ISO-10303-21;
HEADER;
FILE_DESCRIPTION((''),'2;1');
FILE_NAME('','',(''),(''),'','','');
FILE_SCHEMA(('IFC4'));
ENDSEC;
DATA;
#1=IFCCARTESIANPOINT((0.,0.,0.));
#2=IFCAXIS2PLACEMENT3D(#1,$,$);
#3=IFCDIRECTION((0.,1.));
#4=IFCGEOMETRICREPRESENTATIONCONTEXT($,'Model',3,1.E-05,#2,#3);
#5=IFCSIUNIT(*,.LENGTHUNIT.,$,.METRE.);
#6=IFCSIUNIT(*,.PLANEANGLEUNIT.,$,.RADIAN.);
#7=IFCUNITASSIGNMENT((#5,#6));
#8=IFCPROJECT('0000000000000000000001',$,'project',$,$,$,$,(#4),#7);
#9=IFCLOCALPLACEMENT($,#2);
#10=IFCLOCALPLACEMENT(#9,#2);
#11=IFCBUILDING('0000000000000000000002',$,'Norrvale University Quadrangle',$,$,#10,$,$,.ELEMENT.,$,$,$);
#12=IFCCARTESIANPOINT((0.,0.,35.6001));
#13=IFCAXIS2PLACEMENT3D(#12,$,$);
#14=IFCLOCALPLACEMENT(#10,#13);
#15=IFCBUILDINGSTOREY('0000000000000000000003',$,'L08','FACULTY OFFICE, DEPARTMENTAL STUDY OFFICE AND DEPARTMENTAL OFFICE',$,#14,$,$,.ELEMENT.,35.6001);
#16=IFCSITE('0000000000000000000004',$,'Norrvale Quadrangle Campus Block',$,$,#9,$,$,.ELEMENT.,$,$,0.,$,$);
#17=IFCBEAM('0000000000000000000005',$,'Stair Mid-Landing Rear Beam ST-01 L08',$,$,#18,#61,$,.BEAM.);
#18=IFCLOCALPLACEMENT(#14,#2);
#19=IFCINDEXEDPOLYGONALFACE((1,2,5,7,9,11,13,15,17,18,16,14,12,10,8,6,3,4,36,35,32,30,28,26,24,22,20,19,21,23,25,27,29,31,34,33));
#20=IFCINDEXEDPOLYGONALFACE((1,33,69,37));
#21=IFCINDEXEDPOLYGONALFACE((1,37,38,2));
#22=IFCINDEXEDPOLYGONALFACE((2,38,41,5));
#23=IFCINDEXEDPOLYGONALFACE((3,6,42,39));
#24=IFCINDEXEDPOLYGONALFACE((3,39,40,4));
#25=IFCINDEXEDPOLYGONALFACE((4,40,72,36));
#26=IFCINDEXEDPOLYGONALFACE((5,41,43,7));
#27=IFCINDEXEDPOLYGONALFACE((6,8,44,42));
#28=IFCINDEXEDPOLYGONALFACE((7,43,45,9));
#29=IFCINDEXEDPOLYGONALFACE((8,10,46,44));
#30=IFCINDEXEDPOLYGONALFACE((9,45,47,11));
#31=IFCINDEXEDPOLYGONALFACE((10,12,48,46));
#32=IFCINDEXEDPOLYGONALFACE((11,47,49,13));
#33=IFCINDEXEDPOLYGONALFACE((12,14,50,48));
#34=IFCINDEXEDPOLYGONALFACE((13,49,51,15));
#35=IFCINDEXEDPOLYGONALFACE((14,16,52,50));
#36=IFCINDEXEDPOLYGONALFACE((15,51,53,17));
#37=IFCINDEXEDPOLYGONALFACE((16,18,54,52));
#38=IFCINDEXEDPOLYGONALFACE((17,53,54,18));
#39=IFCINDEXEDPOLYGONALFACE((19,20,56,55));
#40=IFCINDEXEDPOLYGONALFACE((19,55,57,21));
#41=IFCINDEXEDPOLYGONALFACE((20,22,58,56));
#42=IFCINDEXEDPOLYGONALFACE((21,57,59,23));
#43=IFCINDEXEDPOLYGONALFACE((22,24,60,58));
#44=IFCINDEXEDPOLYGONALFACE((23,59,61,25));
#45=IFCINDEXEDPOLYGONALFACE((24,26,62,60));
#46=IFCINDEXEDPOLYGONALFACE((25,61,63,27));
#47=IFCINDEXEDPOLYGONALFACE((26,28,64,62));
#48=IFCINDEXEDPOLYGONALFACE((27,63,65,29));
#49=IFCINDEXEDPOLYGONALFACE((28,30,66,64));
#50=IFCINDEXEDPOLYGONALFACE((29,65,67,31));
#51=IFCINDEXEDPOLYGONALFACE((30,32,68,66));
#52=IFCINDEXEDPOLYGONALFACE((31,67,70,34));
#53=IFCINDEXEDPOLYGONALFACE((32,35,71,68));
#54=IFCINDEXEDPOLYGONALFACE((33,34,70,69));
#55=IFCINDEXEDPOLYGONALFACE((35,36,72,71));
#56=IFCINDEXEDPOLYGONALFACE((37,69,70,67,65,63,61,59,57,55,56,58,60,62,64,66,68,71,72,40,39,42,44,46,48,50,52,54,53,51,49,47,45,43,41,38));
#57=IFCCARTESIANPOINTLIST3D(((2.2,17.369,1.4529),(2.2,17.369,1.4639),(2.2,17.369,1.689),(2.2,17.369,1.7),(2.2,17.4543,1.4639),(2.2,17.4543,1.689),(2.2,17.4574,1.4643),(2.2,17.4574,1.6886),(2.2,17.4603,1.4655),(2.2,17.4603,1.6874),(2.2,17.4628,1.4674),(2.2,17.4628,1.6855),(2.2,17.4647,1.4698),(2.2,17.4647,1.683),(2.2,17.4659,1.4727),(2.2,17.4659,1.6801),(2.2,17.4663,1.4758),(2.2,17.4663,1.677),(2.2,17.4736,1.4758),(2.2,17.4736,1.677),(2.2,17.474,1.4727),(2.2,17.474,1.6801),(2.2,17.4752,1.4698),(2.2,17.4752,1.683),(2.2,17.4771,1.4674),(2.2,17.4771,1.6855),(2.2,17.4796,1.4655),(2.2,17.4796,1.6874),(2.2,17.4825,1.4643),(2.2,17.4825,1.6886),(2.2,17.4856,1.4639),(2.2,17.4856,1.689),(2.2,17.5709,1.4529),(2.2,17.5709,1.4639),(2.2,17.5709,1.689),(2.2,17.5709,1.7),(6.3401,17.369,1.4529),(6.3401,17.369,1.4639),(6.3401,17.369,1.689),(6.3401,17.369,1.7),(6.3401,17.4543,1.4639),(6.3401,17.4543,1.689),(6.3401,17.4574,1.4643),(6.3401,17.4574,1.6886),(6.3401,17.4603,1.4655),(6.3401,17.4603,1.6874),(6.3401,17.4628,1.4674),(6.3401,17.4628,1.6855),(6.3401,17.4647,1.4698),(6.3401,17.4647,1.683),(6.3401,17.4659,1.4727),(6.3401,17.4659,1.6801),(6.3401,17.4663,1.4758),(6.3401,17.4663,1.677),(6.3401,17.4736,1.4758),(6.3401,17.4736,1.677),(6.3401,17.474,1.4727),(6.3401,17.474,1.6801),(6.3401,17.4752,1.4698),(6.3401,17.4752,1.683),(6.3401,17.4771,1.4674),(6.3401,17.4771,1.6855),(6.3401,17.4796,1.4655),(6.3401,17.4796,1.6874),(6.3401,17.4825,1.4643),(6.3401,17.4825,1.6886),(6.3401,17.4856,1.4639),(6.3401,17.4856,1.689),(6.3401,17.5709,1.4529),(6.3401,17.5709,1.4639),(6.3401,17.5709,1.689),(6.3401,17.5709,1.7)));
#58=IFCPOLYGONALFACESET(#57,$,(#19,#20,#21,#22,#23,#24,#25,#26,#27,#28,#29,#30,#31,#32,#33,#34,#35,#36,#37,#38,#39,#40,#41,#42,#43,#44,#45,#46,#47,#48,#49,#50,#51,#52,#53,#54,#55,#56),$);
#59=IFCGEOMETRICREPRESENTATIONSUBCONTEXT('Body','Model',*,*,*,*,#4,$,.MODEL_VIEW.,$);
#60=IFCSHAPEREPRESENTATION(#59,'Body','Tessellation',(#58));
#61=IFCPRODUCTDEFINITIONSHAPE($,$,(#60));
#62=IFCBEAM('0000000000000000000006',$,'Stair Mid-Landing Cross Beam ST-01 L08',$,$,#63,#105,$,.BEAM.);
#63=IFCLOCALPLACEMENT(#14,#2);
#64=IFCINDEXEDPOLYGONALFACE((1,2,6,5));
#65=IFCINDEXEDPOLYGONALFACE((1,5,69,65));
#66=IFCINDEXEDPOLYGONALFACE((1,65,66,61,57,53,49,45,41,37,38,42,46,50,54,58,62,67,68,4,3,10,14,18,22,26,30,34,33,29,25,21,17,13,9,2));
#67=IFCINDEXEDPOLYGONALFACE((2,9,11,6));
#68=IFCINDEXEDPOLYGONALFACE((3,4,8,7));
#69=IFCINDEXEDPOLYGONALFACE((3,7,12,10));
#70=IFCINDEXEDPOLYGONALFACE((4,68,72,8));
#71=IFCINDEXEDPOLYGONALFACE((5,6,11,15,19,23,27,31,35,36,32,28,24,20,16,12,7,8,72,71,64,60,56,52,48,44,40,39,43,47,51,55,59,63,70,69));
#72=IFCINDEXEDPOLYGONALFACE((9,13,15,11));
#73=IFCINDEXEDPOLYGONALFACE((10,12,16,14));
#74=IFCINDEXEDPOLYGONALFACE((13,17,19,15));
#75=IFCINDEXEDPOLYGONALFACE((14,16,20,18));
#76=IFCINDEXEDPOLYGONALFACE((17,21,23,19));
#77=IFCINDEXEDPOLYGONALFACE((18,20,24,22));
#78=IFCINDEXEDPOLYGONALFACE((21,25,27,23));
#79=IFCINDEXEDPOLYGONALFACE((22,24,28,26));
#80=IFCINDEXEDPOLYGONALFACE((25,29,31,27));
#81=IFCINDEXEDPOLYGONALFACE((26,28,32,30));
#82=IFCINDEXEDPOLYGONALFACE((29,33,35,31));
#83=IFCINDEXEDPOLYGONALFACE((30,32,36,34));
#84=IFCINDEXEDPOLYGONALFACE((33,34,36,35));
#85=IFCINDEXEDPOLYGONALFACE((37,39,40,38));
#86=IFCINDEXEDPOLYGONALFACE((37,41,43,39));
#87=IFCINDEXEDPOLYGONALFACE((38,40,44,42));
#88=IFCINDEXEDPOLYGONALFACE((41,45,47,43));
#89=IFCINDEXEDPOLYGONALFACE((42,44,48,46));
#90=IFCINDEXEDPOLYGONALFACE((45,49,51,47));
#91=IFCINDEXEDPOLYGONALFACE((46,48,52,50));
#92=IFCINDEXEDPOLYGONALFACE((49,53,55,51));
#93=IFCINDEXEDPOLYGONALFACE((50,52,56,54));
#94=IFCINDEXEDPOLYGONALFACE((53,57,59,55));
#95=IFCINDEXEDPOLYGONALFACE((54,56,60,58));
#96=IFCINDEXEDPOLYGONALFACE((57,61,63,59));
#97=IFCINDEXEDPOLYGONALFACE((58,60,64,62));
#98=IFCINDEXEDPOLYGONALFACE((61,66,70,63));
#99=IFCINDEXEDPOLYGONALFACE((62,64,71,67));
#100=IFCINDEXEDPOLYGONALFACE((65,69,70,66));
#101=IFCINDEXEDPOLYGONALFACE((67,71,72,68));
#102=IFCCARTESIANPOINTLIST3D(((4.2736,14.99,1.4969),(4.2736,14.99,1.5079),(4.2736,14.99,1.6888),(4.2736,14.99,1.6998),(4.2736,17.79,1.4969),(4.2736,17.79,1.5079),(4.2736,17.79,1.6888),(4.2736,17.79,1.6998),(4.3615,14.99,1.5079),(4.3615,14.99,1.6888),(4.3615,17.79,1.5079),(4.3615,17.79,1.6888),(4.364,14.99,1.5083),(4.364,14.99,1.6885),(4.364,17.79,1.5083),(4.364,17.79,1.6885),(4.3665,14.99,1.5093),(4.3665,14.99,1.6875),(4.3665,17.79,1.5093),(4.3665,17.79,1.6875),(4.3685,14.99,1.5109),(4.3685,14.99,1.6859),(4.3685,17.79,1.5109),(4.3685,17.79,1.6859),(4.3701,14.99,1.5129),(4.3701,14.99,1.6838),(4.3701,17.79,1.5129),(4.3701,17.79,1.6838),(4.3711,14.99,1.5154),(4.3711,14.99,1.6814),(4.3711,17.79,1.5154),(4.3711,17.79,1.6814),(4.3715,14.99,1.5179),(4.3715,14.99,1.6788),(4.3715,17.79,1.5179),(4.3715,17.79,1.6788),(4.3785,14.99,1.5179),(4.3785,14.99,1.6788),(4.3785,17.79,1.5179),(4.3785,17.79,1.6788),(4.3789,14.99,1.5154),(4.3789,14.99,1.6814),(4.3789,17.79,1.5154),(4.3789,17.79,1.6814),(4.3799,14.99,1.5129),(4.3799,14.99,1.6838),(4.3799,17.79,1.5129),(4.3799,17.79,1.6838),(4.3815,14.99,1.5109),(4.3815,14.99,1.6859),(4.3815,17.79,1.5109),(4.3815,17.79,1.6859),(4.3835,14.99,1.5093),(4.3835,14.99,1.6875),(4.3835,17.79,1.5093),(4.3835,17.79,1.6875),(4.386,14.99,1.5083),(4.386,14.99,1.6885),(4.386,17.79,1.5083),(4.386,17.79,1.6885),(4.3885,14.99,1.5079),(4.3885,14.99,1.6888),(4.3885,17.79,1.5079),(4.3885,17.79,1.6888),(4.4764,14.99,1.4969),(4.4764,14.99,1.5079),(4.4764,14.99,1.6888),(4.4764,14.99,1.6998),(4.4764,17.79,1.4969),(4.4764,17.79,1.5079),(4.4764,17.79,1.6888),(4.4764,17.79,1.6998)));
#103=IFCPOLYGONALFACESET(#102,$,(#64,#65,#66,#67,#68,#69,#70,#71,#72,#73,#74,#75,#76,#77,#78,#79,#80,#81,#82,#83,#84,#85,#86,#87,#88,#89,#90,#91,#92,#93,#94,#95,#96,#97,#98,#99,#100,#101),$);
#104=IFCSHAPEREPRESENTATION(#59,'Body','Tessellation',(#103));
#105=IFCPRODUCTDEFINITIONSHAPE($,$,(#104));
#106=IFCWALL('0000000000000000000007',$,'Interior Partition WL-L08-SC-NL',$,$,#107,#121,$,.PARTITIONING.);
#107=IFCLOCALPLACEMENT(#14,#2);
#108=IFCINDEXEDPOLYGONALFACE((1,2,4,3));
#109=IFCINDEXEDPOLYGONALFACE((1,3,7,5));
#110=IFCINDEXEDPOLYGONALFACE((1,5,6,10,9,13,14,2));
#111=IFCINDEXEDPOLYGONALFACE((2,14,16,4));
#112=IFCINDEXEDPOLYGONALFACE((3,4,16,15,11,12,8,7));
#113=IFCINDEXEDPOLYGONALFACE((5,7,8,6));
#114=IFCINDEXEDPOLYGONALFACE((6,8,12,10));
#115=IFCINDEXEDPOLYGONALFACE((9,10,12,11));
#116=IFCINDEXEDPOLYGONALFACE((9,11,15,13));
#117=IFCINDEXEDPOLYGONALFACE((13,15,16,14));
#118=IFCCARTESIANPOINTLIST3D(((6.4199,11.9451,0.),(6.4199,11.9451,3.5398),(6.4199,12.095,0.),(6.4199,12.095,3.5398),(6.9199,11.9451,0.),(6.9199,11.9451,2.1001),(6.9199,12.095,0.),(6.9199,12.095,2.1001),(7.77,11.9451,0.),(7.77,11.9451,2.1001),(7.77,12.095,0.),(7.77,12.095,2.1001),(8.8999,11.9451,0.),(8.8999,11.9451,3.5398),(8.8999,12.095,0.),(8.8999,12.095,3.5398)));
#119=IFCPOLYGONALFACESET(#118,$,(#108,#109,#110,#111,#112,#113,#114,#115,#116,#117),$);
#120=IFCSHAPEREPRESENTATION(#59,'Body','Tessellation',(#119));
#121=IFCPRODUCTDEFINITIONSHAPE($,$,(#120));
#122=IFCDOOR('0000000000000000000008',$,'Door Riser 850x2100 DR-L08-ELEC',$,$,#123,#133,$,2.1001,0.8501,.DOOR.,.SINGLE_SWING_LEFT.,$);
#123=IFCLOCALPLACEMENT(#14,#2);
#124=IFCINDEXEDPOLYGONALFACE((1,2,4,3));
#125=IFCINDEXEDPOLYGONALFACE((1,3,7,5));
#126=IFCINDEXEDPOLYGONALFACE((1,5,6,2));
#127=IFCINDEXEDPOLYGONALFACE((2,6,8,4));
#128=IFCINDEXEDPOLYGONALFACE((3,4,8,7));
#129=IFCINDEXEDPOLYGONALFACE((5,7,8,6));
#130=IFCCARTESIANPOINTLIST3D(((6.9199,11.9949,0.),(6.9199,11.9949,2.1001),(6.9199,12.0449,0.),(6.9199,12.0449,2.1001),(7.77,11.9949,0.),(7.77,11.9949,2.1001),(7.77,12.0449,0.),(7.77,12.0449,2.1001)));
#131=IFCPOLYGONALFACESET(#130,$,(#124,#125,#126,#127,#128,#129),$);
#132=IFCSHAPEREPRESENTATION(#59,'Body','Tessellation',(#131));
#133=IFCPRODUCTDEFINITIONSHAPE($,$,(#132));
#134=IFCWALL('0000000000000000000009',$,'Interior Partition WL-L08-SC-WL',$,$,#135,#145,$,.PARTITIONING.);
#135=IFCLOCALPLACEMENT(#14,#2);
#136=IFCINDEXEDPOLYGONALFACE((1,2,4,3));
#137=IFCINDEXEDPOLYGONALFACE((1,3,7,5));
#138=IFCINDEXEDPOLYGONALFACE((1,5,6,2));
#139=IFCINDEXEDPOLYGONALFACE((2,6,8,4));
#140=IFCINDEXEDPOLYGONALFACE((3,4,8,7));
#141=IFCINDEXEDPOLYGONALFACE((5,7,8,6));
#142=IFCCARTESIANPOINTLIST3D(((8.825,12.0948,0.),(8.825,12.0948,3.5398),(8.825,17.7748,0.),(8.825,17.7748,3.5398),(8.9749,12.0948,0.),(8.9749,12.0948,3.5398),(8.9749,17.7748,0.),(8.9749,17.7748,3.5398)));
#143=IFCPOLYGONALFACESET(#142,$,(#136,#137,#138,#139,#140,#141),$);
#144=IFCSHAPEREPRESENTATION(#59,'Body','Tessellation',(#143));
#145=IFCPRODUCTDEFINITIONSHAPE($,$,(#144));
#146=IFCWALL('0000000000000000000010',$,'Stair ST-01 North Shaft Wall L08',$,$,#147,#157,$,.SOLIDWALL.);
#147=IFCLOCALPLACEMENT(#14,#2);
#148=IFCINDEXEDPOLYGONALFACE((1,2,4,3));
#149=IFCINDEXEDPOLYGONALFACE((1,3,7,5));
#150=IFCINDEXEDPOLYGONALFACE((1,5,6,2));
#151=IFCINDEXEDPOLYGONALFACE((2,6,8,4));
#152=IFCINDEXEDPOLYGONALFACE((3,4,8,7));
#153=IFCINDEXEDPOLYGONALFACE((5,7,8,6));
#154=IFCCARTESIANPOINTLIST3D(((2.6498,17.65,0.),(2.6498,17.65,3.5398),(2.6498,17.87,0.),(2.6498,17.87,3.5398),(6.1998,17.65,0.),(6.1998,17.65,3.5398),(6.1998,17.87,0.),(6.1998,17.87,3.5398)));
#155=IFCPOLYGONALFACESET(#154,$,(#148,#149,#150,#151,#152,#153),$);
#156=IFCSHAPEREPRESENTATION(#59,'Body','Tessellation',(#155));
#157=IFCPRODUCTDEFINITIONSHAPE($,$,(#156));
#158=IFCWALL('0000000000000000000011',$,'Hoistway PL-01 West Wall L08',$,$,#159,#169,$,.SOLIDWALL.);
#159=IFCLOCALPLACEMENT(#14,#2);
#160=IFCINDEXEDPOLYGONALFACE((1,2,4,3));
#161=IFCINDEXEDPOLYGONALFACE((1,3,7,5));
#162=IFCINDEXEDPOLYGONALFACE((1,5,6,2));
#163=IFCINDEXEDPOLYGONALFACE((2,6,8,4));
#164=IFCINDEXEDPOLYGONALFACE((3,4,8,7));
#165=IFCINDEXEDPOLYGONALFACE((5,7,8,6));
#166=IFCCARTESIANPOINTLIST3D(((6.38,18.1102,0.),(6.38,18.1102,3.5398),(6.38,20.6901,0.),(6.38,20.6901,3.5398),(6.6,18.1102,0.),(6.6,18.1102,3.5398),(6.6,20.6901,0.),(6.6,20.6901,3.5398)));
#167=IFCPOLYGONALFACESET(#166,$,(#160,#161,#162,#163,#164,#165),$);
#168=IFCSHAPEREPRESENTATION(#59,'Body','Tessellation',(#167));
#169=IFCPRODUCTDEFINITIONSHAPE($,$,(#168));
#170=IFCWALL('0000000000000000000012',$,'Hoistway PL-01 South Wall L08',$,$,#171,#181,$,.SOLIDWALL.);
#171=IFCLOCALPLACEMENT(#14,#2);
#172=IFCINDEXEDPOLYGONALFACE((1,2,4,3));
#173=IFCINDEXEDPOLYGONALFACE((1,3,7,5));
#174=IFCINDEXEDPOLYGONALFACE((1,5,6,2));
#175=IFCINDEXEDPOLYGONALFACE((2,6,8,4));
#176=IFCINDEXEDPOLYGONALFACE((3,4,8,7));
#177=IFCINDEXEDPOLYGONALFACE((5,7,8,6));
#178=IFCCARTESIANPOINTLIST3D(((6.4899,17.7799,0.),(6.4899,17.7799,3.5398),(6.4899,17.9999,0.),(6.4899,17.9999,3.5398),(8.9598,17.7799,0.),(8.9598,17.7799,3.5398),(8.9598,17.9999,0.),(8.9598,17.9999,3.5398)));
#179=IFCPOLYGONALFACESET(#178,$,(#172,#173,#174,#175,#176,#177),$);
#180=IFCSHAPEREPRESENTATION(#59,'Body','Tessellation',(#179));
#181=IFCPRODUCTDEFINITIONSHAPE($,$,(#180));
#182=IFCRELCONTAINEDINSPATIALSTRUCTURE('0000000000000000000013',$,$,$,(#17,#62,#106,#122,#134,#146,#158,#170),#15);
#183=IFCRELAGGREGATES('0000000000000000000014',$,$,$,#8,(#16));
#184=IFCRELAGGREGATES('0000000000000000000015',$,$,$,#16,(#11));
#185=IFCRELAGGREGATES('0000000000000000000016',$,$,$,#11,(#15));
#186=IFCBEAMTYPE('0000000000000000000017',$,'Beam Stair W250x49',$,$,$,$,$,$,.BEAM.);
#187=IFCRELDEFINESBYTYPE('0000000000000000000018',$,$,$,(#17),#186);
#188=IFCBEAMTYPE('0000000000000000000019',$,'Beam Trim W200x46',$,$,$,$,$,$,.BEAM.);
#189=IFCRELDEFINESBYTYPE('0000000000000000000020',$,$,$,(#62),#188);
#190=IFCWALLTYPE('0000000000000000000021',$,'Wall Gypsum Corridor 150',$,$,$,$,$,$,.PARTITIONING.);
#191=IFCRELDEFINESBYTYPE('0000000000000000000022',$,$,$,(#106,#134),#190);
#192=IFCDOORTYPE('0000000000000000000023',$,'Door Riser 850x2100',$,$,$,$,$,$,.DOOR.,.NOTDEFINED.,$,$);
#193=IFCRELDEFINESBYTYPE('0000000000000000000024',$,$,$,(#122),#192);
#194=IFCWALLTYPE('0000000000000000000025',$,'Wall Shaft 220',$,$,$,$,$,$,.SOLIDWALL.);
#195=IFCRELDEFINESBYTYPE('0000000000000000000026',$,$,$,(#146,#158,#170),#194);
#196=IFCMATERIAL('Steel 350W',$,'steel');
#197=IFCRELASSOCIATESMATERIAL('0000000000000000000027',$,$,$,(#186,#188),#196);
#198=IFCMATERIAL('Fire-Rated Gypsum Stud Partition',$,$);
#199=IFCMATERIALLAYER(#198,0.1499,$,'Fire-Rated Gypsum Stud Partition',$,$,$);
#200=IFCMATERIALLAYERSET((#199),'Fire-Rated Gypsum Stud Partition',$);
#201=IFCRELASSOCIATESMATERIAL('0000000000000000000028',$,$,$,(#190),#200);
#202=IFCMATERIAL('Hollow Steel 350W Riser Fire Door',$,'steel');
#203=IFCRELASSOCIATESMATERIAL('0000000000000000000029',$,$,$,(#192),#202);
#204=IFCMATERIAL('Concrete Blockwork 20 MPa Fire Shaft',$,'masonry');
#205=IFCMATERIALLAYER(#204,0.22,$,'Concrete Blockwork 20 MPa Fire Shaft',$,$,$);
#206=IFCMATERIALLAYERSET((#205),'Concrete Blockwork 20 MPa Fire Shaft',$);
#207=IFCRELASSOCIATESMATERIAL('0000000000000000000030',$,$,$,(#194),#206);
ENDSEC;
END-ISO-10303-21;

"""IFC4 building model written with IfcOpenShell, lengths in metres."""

from ifc_helpers import new_model, si_unit, direction, frame, frame_2d, origin, origin_2d, place, context, subcontext, project, spatial, rectangle, i_section, extrude, material, layer, layer_set, material_profile, profile_set, type_object, element, fill, save


model = new_model("IFC4")

# Units and contexts
model_context = context("Model", 3, precision=1e-05, world=origin(), true_north=direction((0.0, 1.0)))
body_context = subcontext(model_context, "Body", "Model", "MODEL_VIEW")
ifc_project = project(units=[si_unit("LENGTHUNIT", "METRE"), si_unit("PLANEANGLEUNIT", "RADIAN")], contexts=[model_context])

# Site, building, storey
site_placement = place(None, origin())
site = spatial("IfcSite", under=ifc_project, at=site_placement, Name="Norrvale Quadrangle Campus Block", CompositionType="ELEMENT", RefElevation=0.0)
building_placement = place(site_placement, origin())
building = spatial("IfcBuilding", under=site, at=building_placement, Name="Norrvale University Quadrangle", CompositionType="ELEMENT")
storey_placement = place(building_placement, frame((0.0, 0.0, 35.6001)))
storey = spatial("IfcBuildingStorey", under=building, at=storey_placement, Name="L08", Description="FACULTY OFFICE, DEPARTMENTAL STUDY OFFICE AND DEPARTMENTAL OFFICE", CompositionType="ELEMENT", Elevation=35.6001)

# Beams
ifc_material_1 = material(Name="Steel 350W", Category="steel")
ifc_material_profile_1 = material_profile(ifc_material_1, i_section(OverallWidth=0.2019, OverallDepth=0.2471, WebThickness=0.0073, FlangeThickness=0.011, FilletRadius=0.012, at=origin_2d()), Name="Steel 350W")
ifc_profile_set_1 = profile_set([ifc_material_profile_1], Name="Steel 350W")
beam_type_1 = type_object("IfcBeamType", Name="Beam Stair W250x49", PredefinedType="BEAM", material=ifc_profile_set_1)
for number, where, z_axis, x_axis, name in (
    (1, (2.2, 17.47, 1.5764), (1.0, 0.0, 0.0), (0.0, 1.0, 0.0), "Stair Mid-Landing Rear Beam ST-01 L08"),
):
    element("IfcBeam", number, at=place(storey_placement, frame(where, z_axis=z_axis, x_axis=x_axis)), inside=storey, type_object=beam_type_1, Name=name, PredefinedType="BEAM", context=body_context, shape_type="SweptSolid", body=[
        extrude(i_section(OverallWidth=0.2019, OverallDepth=0.2471, WebThickness=0.0073, FlangeThickness=0.011, FilletRadius=0.012, at=origin_2d()), origin(), (0.0, 0.0, 1.0), 4.1401),
    ])
ifc_material_profile_2 = material_profile(ifc_material_1, i_section(OverallWidth=0.2029, OverallDepth=0.2029, WebThickness=0.0071, FlangeThickness=0.011, FilletRadius=0.01, at=origin_2d()), Name="Steel 350W")
ifc_profile_set_2 = profile_set([ifc_material_profile_2], Name="Steel 350W")
beam_type_2 = type_object("IfcBeamType", Name="Beam Trim W200x46", PredefinedType="BEAM", material=ifc_profile_set_2)
beam_1_placement = place(storey_placement, frame((4.375, 14.99, 1.5984), z_axis=(0.0, 1.0, 0.0), x_axis=(-1.0, 0.0, 0.0)))
element("IfcBeam", 2, at=beam_1_placement, inside=storey, type_object=beam_type_2, Name="Stair Mid-Landing Cross Beam ST-01 L08", PredefinedType="BEAM", context=body_context, shape_type="SweptSolid", body=[
    extrude(i_section(OverallWidth=0.2029, OverallDepth=0.2029, WebThickness=0.0071, FlangeThickness=0.011, FilletRadius=0.01, at=origin_2d()), origin(), (0.0, 0.0, 1.0), 2.8),
])

# Wall, opening, door
ifc_material_2 = material(Name="Fire-Rated Gypsum Stud Partition")
ifc_layer_1 = layer(ifc_material_2, 0.1499, Name="Fire-Rated Gypsum Stud Partition")
ifc_layer_set_1 = layer_set([ifc_layer_1], Name="Fire-Rated Gypsum Stud Partition")
wall_type_1 = type_object("IfcWallType", Name="Wall Gypsum Corridor 150", PredefinedType="PARTITIONING", material=ifc_layer_set_1)
wall_1_placement = place(storey_placement, frame((6.4199, 12.02, 0.0), z_axis=(0.0, 0.0, 1.0), x_axis=(1.0, 0.0, 0.0)))
wall_1 = element("IfcWall", 3, at=wall_1_placement, inside=storey, type_object=wall_type_1, Name="Interior Partition WL-L08-SC-NL", PredefinedType="PARTITIONING", context=body_context, shape_type="SweptSolid", body=[
    extrude(rectangle(XDim=2.48, YDim=0.1499, at=frame_2d((1.24, 0.0))), origin(), (0.0, 0.0, 1.0), 3.5398),
])
opening_placement = place(wall_1_placement, frame((0.5, 0.0, 0.0)))
opening = element("IfcOpeningElement", 4, at=opening_placement, cuts=wall_1, PredefinedType="OPENING", context=body_context, shape_type="SweptSolid", body=[
    extrude(rectangle(XDim=0.8501, YDim=2.1001, at=frame_2d((0.425, 1.05))), frame((0.0, 0.0869, 0.0), z_axis=(0.0, -1.0, 0.0), x_axis=(1.0, 0.0, 0.0)), (0.0, 0.0, 1.0), 0.1738),
])
ifc_material_3 = material(Name="Hollow Steel 350W Riser Fire Door", Category="steel")
door_type = type_object("IfcDoorType", Name="Door Riser 850x2100", OperationType="NOTDEFINED", PredefinedType="DOOR", material=ifc_material_3)
door_placement = place(opening_placement, origin())
door = element("IfcDoor", 5, at=door_placement, inside=storey, type_object=door_type, Name="Door Riser 850x2100 DR-L08-ELEC", OperationType="SINGLE_SWING_LEFT", OverallHeight=2.1001, OverallWidth=0.8501, PredefinedType="DOOR", context=body_context, shape_type="SweptSolid", body=[
    extrude(rectangle(XDim=0.8501, YDim=2.1001, at=frame_2d((0.425, 1.05))), frame((0.0, 0.0249, 0.0), z_axis=(0.0, -1.0, 0.0), x_axis=(1.0, 0.0, 0.0)), (0.0, 0.0, 1.0), 0.05),
])
fill(opening, door)

# Walls
wall_2_placement = place(storey_placement, frame((8.8999, 12.095, 0.0), z_axis=(0.0, 0.0, 1.0), x_axis=(0.0, 1.0, 0.0)))
element("IfcWall", 6, at=wall_2_placement, inside=storey, type_object=wall_type_1, Name="Interior Partition WL-L08-SC-WL", PredefinedType="PARTITIONING", context=body_context, shape_type="SweptSolid", body=[
    extrude(rectangle(XDim=5.6799, YDim=0.1499, at=frame_2d((2.8398, 0.0))), origin(), (0.0, 0.0, 1.0), 3.5398),
])
ifc_material_4 = material(Name="Concrete Blockwork 20 MPa Fire Shaft", Category="masonry")
ifc_layer_2 = layer(ifc_material_4, 0.22, Name="Concrete Blockwork 20 MPa Fire Shaft")
ifc_layer_set_2 = layer_set([ifc_layer_2], Name="Concrete Blockwork 20 MPa Fire Shaft")
wall_type_2 = type_object("IfcWallType", Name="Wall Shaft 220", PredefinedType="SOLIDWALL", material=ifc_layer_set_2)
wall_3_placement = place(storey_placement, frame((2.6499, 17.76, 0.0), z_axis=(0.0, 0.0, 1.0), x_axis=(1.0, 0.0, 0.0)))
element("IfcWall", 7, at=wall_3_placement, inside=storey, type_object=wall_type_2, Name="Stair ST-01 North Shaft Wall L08", PredefinedType="SOLIDWALL", context=body_context, shape_type="SweptSolid", body=[
    extrude(rectangle(XDim=3.55, YDim=0.22, at=frame_2d((1.7749, 0.0))), origin(), (0.0, 0.0, 1.0), 3.5398),
])
wall_4_placement = place(storey_placement, frame((6.49, 18.1101, 0.0), z_axis=(0.0, 0.0, 1.0), x_axis=(0.0, 1.0, 0.0)))
element("IfcWall", 8, at=wall_4_placement, inside=storey, type_object=wall_type_2, Name="Hoistway PL-01 West Wall L08", PredefinedType="SOLIDWALL", context=body_context, shape_type="SweptSolid", body=[
    extrude(rectangle(XDim=2.5798, YDim=0.22, at=frame_2d((1.29, 0.0))), origin(), (0.0, 0.0, 1.0), 3.5398),
])
for number, where, z_axis, x_axis, name in (
    (9, (6.49, 17.8899, 0.0), (0.0, 0.0, 1.0), (1.0, 0.0, 0.0), "Hoistway PL-01 South Wall L08"),
):
    element("IfcWall", number, at=place(storey_placement, frame(where, z_axis=z_axis, x_axis=x_axis)), inside=storey, type_object=wall_type_2, Name=name, PredefinedType="SOLIDWALL", context=body_context, shape_type="SweptSolid", body=[
        extrude(rectangle(XDim=2.47, YDim=0.22, at=frame_2d((1.2349, 0.0))), origin(), (0.0, 0.0, 1.0), 3.5398),
    ])

save(model, "model.ifc")
